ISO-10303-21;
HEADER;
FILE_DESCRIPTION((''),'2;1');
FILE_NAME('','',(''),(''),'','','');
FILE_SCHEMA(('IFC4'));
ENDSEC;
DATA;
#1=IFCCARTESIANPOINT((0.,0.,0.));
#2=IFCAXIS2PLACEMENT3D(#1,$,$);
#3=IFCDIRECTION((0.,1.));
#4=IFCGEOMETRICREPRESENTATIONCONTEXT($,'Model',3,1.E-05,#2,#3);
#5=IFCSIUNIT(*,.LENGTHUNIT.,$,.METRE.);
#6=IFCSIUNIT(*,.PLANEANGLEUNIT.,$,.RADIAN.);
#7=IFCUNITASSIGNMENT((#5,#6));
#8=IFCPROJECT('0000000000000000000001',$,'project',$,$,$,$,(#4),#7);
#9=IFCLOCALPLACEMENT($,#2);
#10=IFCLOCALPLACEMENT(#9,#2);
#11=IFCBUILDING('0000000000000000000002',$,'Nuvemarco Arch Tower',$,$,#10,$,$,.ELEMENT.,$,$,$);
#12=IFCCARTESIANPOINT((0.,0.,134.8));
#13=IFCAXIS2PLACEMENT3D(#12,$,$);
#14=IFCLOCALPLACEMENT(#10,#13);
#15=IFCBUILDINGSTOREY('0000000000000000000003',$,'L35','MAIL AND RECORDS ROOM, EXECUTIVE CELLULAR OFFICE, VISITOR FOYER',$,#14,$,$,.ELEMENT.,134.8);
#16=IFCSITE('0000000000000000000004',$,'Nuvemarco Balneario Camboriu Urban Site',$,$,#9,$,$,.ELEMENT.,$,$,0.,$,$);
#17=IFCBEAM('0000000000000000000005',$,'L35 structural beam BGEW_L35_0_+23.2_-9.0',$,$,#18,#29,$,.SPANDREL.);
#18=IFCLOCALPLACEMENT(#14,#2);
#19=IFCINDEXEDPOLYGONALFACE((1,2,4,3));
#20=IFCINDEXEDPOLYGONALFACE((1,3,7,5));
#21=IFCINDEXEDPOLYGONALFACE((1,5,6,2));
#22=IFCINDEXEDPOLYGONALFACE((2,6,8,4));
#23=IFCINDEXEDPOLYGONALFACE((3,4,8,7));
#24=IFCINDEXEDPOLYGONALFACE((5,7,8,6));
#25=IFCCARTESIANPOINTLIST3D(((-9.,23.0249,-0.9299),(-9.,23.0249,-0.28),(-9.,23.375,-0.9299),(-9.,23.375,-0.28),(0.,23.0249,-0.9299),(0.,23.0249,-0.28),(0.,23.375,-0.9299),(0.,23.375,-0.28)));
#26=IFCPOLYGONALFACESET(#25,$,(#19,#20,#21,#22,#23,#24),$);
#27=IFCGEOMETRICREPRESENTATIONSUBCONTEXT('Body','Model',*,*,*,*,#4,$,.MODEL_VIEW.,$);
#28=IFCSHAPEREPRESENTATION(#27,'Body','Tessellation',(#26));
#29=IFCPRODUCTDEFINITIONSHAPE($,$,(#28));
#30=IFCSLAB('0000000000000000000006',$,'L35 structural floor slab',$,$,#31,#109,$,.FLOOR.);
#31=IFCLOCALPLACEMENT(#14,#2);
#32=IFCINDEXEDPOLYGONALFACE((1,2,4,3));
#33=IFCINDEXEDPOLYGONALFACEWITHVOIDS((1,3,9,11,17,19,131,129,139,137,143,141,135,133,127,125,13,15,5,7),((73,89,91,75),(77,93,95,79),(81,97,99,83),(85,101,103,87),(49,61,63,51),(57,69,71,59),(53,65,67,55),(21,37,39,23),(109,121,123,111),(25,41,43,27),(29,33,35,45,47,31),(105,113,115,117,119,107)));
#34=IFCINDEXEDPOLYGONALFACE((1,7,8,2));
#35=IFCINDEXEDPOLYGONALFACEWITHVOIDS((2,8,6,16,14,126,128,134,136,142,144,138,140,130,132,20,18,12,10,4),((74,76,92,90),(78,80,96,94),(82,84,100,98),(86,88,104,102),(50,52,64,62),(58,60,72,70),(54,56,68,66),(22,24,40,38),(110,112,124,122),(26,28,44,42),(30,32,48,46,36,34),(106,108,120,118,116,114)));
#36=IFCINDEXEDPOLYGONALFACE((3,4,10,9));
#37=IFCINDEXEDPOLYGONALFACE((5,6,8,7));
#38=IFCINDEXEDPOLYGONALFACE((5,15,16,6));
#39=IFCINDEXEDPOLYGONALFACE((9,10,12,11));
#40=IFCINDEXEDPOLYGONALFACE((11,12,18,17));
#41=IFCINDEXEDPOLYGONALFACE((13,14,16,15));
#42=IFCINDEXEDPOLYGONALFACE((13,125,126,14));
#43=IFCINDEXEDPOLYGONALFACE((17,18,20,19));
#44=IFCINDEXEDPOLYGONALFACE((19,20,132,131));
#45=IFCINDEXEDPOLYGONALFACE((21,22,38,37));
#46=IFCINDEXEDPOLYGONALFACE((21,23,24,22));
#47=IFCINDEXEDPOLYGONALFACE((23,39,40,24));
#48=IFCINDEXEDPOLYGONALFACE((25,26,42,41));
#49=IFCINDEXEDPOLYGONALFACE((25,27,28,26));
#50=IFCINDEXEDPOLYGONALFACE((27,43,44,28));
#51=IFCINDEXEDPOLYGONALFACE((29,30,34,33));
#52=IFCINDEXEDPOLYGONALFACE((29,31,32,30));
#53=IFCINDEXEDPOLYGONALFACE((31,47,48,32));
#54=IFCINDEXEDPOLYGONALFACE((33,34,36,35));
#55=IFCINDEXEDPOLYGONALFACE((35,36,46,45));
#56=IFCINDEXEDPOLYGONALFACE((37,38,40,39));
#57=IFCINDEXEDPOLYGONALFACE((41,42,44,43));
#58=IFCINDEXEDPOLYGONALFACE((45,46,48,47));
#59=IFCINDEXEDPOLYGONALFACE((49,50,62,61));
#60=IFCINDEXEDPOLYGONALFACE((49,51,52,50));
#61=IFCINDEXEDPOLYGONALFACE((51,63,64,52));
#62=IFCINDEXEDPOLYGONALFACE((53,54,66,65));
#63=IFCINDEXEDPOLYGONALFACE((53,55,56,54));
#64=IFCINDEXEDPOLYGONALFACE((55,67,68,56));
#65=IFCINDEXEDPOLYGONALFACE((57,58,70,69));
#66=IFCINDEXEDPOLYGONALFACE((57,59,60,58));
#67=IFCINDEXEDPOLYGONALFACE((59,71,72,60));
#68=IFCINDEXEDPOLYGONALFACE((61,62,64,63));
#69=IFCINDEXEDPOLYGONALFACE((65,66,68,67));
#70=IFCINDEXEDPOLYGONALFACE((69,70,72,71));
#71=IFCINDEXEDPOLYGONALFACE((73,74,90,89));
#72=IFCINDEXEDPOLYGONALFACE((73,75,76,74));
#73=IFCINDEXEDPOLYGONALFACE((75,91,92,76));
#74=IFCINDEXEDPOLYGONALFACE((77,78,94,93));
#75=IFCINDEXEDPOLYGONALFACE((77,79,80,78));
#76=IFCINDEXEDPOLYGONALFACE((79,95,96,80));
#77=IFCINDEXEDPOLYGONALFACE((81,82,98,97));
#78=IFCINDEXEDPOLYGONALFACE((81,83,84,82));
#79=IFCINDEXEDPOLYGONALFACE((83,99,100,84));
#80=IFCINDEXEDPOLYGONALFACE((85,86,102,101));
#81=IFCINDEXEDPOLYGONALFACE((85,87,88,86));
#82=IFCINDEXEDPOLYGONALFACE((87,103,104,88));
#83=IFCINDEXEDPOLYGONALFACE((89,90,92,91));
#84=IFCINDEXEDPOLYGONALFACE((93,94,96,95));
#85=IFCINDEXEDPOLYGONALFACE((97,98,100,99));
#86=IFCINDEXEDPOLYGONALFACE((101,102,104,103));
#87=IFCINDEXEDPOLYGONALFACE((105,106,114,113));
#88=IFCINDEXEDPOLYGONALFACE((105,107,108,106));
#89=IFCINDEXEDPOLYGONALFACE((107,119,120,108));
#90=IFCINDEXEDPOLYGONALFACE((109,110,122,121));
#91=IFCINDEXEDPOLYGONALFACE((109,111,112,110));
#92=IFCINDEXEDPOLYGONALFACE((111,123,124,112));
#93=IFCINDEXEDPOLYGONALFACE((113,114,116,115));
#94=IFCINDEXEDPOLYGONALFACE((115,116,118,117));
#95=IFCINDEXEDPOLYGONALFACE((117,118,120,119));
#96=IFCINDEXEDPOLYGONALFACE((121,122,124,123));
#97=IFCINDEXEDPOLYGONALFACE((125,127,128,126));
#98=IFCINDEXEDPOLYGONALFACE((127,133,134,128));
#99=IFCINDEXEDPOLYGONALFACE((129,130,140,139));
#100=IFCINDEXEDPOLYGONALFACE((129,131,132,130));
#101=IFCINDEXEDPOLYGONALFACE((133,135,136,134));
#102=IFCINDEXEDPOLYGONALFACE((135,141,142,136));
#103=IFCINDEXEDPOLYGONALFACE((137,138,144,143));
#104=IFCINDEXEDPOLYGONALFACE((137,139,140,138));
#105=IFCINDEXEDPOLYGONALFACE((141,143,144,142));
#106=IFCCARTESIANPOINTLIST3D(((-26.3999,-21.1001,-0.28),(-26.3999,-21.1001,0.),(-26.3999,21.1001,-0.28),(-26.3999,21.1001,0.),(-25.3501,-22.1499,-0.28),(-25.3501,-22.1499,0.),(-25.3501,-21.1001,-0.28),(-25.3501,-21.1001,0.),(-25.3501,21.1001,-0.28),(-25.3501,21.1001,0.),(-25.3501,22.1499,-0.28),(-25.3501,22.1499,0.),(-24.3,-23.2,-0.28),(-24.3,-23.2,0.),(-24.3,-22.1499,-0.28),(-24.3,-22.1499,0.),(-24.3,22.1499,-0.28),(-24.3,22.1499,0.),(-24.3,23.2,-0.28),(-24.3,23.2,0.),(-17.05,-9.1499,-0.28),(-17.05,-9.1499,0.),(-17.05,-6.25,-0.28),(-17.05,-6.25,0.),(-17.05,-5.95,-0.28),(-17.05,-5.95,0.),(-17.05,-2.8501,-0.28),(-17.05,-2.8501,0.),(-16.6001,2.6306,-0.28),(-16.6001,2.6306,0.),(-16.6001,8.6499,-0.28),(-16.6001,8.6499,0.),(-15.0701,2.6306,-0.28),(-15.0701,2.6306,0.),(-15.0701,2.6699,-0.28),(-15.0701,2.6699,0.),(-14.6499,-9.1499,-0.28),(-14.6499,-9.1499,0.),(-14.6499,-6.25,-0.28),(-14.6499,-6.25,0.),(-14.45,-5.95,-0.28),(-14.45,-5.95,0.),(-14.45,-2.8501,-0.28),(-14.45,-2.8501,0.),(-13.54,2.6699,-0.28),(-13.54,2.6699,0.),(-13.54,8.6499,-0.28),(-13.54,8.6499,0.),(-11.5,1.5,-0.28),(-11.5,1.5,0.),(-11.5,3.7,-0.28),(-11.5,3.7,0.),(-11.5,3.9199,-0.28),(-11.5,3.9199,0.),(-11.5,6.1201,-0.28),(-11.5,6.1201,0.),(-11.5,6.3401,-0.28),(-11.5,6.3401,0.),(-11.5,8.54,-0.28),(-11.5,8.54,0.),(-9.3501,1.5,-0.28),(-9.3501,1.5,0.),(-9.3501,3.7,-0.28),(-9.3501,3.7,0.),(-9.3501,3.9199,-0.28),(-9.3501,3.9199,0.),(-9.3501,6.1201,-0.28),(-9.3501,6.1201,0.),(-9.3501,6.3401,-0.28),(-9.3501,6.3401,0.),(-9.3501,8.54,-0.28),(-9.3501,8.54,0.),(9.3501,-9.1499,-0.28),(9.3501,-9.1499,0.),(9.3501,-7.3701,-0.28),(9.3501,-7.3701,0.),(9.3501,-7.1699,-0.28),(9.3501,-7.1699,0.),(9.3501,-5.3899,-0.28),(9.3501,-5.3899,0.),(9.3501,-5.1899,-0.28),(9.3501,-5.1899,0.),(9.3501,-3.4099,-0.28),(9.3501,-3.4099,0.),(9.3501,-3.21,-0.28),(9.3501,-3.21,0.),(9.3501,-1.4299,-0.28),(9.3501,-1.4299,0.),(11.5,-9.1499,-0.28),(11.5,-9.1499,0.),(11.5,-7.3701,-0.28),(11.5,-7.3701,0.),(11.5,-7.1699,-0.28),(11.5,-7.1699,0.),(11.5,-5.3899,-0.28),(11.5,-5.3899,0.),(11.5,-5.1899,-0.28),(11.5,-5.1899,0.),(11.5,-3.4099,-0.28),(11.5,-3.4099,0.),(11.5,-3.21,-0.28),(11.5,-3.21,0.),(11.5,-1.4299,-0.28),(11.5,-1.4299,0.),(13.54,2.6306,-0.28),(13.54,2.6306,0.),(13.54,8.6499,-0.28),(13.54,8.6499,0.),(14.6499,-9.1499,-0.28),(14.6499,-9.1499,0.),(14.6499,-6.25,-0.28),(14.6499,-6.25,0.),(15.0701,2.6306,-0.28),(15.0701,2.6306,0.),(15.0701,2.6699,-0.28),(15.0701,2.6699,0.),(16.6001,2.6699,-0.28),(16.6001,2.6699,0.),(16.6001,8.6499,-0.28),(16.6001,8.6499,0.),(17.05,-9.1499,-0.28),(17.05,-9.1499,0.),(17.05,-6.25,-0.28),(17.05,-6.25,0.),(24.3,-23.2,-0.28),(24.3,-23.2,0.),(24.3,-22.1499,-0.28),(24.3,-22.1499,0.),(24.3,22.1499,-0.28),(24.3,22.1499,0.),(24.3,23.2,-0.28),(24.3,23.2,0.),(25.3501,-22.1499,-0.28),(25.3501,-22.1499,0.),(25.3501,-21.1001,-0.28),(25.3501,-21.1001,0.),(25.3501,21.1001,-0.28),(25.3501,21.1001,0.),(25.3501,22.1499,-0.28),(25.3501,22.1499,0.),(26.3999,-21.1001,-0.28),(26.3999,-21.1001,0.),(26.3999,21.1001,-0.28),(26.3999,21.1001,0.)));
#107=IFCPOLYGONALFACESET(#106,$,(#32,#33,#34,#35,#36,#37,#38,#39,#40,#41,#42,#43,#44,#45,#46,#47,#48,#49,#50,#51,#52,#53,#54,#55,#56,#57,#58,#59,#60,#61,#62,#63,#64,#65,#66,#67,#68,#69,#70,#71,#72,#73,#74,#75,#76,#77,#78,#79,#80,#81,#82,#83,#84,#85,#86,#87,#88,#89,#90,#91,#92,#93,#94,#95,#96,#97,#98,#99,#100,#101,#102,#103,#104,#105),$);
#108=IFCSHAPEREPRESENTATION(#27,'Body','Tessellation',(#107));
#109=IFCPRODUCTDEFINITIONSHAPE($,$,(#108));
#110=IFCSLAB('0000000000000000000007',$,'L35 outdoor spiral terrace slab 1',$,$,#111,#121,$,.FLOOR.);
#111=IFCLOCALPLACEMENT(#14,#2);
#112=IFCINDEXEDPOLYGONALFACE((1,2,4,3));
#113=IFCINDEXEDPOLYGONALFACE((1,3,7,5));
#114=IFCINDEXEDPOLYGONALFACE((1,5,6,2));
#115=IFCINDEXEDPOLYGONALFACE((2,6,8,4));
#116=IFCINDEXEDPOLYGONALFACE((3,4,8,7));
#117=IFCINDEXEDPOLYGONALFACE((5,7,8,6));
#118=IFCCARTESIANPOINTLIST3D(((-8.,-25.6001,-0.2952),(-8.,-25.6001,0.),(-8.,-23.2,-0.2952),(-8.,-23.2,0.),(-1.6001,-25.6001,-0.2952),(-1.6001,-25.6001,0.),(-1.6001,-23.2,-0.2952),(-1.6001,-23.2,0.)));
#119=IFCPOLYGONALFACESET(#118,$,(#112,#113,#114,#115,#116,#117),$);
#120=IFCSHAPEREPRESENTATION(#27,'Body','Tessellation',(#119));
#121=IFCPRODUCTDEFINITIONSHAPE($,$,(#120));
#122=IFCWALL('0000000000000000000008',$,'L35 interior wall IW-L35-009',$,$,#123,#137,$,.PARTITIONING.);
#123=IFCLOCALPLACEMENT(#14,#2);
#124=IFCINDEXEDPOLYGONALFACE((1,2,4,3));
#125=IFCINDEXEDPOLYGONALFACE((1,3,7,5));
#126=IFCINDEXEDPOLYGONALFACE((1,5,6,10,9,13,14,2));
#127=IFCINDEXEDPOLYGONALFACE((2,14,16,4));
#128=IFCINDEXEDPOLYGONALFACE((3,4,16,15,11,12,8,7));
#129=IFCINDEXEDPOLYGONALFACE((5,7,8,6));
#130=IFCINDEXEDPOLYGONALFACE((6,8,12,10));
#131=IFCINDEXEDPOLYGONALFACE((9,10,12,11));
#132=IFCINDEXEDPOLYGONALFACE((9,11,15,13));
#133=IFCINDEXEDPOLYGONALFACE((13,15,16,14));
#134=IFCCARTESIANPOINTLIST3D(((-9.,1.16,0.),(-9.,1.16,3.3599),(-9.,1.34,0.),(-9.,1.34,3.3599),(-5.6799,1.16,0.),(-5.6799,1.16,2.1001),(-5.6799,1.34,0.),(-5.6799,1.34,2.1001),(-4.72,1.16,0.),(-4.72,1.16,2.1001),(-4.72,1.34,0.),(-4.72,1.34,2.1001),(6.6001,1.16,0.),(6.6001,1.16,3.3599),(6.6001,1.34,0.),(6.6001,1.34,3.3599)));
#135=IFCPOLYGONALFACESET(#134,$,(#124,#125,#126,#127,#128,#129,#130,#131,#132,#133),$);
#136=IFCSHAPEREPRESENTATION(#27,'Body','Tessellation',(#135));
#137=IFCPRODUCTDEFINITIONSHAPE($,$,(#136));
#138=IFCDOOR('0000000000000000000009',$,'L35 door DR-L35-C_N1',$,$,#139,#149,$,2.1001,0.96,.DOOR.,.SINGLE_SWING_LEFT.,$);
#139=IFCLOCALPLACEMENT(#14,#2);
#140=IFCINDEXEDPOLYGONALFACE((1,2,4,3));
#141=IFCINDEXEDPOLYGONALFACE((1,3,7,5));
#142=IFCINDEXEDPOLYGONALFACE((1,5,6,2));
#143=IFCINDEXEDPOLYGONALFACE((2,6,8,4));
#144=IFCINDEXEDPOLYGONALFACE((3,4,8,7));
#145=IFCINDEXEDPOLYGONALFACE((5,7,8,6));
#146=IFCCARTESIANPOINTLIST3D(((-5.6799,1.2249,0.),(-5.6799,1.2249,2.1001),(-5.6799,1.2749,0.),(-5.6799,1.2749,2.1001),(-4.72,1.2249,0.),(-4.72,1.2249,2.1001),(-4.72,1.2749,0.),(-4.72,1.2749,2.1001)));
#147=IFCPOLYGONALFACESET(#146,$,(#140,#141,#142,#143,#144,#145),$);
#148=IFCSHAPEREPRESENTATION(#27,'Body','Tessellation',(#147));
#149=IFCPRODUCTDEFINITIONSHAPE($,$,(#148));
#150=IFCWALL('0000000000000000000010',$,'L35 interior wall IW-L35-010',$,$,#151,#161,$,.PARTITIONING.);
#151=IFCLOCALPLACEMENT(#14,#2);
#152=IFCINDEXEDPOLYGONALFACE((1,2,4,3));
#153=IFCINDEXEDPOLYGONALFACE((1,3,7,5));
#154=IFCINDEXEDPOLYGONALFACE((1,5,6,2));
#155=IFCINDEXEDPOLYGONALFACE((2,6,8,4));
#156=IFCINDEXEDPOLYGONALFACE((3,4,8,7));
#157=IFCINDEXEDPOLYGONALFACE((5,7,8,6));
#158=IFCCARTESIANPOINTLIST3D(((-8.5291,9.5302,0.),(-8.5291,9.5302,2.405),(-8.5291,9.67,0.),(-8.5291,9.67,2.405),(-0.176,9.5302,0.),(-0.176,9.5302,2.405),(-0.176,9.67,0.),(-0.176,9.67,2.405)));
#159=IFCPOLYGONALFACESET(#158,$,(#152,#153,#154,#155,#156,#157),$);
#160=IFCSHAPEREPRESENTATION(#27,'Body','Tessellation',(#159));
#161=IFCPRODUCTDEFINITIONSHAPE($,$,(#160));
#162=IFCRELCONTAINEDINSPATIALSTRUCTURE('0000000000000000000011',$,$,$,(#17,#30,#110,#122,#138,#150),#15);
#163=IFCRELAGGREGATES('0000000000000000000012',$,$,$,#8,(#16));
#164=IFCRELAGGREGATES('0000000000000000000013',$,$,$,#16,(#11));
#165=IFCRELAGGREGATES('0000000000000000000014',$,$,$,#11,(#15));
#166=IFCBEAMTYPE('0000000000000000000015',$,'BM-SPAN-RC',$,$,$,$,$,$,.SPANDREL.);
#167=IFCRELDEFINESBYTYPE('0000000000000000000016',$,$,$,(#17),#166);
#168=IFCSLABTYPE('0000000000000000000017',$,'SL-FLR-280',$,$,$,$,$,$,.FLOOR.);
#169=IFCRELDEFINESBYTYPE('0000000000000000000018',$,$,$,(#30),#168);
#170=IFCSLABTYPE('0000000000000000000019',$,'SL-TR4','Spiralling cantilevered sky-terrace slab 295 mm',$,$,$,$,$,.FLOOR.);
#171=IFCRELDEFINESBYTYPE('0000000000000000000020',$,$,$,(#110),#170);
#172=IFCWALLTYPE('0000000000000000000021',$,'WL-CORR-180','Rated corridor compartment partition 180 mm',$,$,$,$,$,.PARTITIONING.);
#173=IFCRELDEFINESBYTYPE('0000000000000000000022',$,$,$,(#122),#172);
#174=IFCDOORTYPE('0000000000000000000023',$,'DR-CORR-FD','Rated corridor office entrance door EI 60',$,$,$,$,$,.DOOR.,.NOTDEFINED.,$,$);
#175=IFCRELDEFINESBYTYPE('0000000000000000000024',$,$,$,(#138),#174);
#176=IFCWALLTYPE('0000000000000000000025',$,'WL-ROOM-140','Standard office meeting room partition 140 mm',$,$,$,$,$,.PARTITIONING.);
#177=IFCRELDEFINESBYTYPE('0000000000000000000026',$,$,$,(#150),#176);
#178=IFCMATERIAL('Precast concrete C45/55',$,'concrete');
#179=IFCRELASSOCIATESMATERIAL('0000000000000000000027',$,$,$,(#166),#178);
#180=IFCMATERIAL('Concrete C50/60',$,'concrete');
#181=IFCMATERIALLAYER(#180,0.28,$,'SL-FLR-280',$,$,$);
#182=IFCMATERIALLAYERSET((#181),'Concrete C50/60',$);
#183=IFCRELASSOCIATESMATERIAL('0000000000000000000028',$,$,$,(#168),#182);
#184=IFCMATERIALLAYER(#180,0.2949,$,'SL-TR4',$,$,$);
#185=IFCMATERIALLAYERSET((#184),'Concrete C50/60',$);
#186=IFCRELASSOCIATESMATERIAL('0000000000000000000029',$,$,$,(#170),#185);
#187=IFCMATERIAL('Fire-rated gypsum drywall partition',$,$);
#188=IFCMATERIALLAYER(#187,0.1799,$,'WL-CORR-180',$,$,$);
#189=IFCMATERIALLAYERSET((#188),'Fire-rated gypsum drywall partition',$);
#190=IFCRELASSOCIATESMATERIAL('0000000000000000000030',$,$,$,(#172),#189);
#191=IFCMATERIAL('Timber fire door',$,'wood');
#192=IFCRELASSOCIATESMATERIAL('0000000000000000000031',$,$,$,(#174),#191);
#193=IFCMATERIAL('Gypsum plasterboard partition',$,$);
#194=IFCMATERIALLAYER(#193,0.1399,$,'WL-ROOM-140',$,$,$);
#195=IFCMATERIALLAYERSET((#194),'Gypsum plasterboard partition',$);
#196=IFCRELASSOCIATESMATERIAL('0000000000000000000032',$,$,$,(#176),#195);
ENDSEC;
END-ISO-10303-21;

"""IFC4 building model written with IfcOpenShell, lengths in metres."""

from ifc_helpers import new_model, si_unit, direction, frame, frame_2d, origin, origin_2d, place, context, subcontext, project, spatial, polyline, rectangle, outline, extrude, source, transform, mapped, material, layer, layer_set, material_profile, profile_set, type_object, type_shapes, element, fill, save


model = new_model("IFC4")

# Units and contexts
model_context = context("Model", 3, precision=1e-05, world=origin(), true_north=direction((0.0, 1.0)))
body_context = subcontext(model_context, "Body", "Model", "MODEL_VIEW")
ifc_project = project(units=[si_unit("LENGTHUNIT", "METRE"), si_unit("PLANEANGLEUNIT", "RADIAN")], contexts=[model_context])

# Site, building, storey
site_placement = place(None, origin())
site = spatial("IfcSite", under=ifc_project, at=site_placement, Name="Nuvemarco Balneario Camboriu Urban Site", CompositionType="ELEMENT", RefElevation=0.0)
building_placement = place(site_placement, origin())
building = spatial("IfcBuilding", under=site, at=building_placement, Name="Nuvemarco Arch Tower", CompositionType="ELEMENT")
storey_placement = place(building_placement, frame((0.0, 0.0, 134.8)))
storey = spatial("IfcBuildingStorey", under=building, at=storey_placement, Name="L35", Description="MAIL AND RECORDS ROOM, EXECUTIVE CELLULAR OFFICE, VISITOR FOYER", CompositionType="ELEMENT", Elevation=134.8)

# Shared definitions
ifc_material_1 = material(Name="Concrete C50/60", Category="concrete")

# Beam
ifc_material_2 = material(Name="Precast concrete C45/55", Category="concrete")
ifc_material_profile_1 = material_profile(ifc_material_2, rectangle(XDim=0.3501, YDim=0.6499, at=origin_2d()), Name="PC-SP-350x650")
ifc_profile_set_1 = profile_set([ifc_material_profile_1], Name="Precast concrete C45/55")
beam_type_1 = type_object("IfcBeamType", Name="BM-SPAN-RC", PredefinedType="SPANDREL", material=ifc_profile_set_1)
beam_1_placement = place(storey_placement, frame((-9.0, 23.2, -0.605), z_axis=(1.0, 0.0, 0.0), x_axis=(0.0, 1.0, 0.0)))
element("IfcBeam", 1, at=beam_1_placement, inside=storey, type_object=beam_type_1, Name="L35 structural beam BGEW_L35_0_+23.2_-9.0", PredefinedType="SPANDREL", context=body_context, shape_type="SweptSolid", body=[
    extrude(rectangle(XDim=0.3501, YDim=0.6499, at=origin_2d()), origin(), (0.0, 0.0, 1.0), 9.0),
])

# Slabs
ifc_layer_1 = layer(ifc_material_1, 0.28, Name="SL-FLR-280")
ifc_layer_set_1 = layer_set([ifc_layer_1], Name="Concrete C50/60")
slab_type_1 = type_object("IfcSlabType", Name="SL-FLR-280", PredefinedType="FLOOR", material=ifc_layer_set_1)
slab_1_placement = place(storey_placement, frame((0.0, 0.0, -0.28)))
element("IfcSlab", 2, at=slab_1_placement, inside=storey, type_object=slab_type_1, Name="L35 structural floor slab", PredefinedType="FLOOR", context=body_context, shape_type="SweptSolid", body=[
    extrude(outline(polyline([(-24.3, -23.2), (24.3, -23.2), (24.3, -22.1499), (25.3501, -22.1499), (25.3501, -21.1001), (26.3999, -21.1001), (26.3999, 21.1001), (25.3501, 21.1001), (25.3501, 22.1499), (24.3, 22.1499), (24.3, 23.2), (-24.3, 23.2), (-24.3, 22.1499), (-25.3501, 22.1499), (-25.3501, 21.1001), (-26.3999, 21.1001), (-26.3999, -21.1001), (-25.3501, -21.1001), (-25.3501, -22.1499), (-24.3, -22.1499), (-24.3, -23.2)]), holes=[polyline([(-13.54, 2.6699), (-13.54, 8.6499), (-16.6001, 8.6499), (-16.6001, 2.6306), (-15.0701, 2.6306), (-15.0701, 2.6699), (-13.54, 2.6699)]), polyline([(16.6001, 2.6699), (16.6001, 8.6499), (13.54, 8.6499), (13.54, 2.6306), (15.0701, 2.6306), (15.0701, 2.6699), (16.6001, 2.6699)]), polyline([(-17.05, -9.1499), (-14.6499, -9.1499), (-14.6499, -6.25), (-17.05, -6.25), (-17.05, -9.1499)]), polyline([(-17.05, -5.95), (-14.45, -5.95), (-14.45, -2.8501), (-17.05, -2.8501), (-17.05, -5.95)]), polyline([(-11.5, 1.5), (-9.3501, 1.5), (-9.3501, 3.7), (-11.5, 3.7), (-11.5, 1.5)]), polyline([(-11.5, 3.9199), (-9.3501, 3.9199), (-9.3501, 6.1201), (-11.5, 6.1201), (-11.5, 3.9199)]), polyline([(-11.5, 6.3401), (-9.3501, 6.3401), (-9.3501, 8.54), (-11.5, 8.54), (-11.5, 6.3401)]), polyline([(14.6499, -9.1499), (17.05, -9.1499), (17.05, -6.25), (14.6499, -6.25), (14.6499, -9.1499)]), polyline([(9.3501, -9.1499), (11.5, -9.1499), (11.5, -7.3701), (9.3501, -7.3701), (9.3501, -9.1499)]), polyline([(9.3501, -7.1699), (11.5, -7.1699), (11.5, -5.3899), (9.3501, -5.3899), (9.3501, -7.1699)]), polyline([(9.3501, -5.1899), (11.5, -5.1899), (11.5, -3.4099), (9.3501, -3.4099), (9.3501, -5.1899)]), polyline([(9.3501, -3.21), (11.5, -3.21), (11.5, -1.4299), (9.3501, -1.4299), (9.3501, -3.21)])]), origin(), (0.0, 0.0, 1.0), 0.28),
])
ifc_layer_2 = layer(ifc_material_1, 0.2949, Name="SL-TR4")
ifc_layer_set_2 = layer_set([ifc_layer_2], Name="Concrete C50/60")
slab_type_2 = type_object("IfcSlabType", Name="SL-TR4", Description="Spiralling cantilevered sky-terrace slab 295 mm", PredefinedType="FLOOR", material=ifc_layer_set_2)
slab_2_placement = place(storey_placement, frame((0.0, 0.0, -0.2952)))
element("IfcSlab", 3, at=slab_2_placement, inside=storey, type_object=slab_type_2, Name="L35 outdoor spiral terrace slab 1", PredefinedType="FLOOR", context=body_context, shape_type="SweptSolid", body=[
    extrude(outline(polyline([(-8.0, -25.6001), (-1.6001, -25.6001), (-1.6001, -23.2), (-8.0, -23.2), (-8.0, -25.6001)])), origin(), (0.0, 0.0, 1.0), 0.2952),
])

# Wall, opening, door
ifc_material_3 = material(Name="Fire-rated gypsum drywall partition")
ifc_layer_3 = layer(ifc_material_3, 0.1799, Name="WL-CORR-180")
ifc_layer_set_3 = layer_set([ifc_layer_3], Name="Fire-rated gypsum drywall partition")
wall_type_1 = type_object("IfcWallType", Name="WL-CORR-180", Description="Rated corridor compartment partition 180 mm", PredefinedType="PARTITIONING", material=ifc_layer_set_3)
wall_1_placement = place(storey_placement, frame((-9.0, 1.25, 0.0), z_axis=(0.0, 0.0, 1.0), x_axis=(1.0, 0.0, 0.0)))
wall_1 = element("IfcWall", 4, at=wall_1_placement, inside=storey, type_object=wall_type_1, Name="L35 interior wall IW-L35-009", PredefinedType="PARTITIONING", context=body_context, shape_type="SweptSolid", body=[
    extrude(rectangle(XDim=15.6001, YDim=0.1799, at=frame_2d((7.8, 0.0))), origin(), (0.0, 0.0, 1.0), 3.3599),
])
opening_1_placement = place(wall_1_placement, frame((3.3201, 0.0, 0.0)))
opening_1 = element("IfcOpeningElement", 5, at=opening_1_placement, cuts=wall_1, PredefinedType="OPENING", context=body_context, shape_type="SweptSolid", body=[
    extrude(rectangle(XDim=0.96, YDim=2.1001, at=frame_2d((0.48, 1.05))), frame((0.0, 0.0999, 0.0), z_axis=(0.0, -1.0, 0.0), x_axis=(1.0, 0.0, 0.0)), (0.0, 0.0, 1.0), 0.2),
])
ifc_material_4 = material(Name="Timber fire door", Category="wood")
door_type_1 = type_object("IfcDoorType", Name="DR-CORR-FD", Description="Rated corridor office entrance door EI 60", OperationType="NOTDEFINED", PredefinedType="DOOR", material=ifc_material_4)
shared_shape_1 = source(origin(), body_context, "Body", "SweptSolid", [
    extrude(rectangle(XDim=0.96, YDim=2.1001, at=frame_2d((0.48, 1.05))), frame((0.0, 0.0249, 0.0), z_axis=(0.0, -1.0, 0.0), x_axis=(1.0, 0.0, 0.0)), (0.0, 0.0, 1.0), 0.05),
])
type_shapes(door_type_1, [shared_shape_1])
door_1_placement = place(opening_1_placement, origin())
door_1 = element("IfcDoor", 6, at=door_1_placement, inside=storey, type_object=door_type_1, Name="L35 door DR-L35-C_N1", OperationType="SINGLE_SWING_LEFT", OverallHeight=2.1001, OverallWidth=0.96, PredefinedType="DOOR", context=body_context, shape_type="MappedRepresentation", body=[
    mapped(shared_shape_1, transform((0.0, 0.0, 0.0), scale=1.0)),
])
fill(opening_1, door_1)

# Wall
ifc_material_5 = material(Name="Gypsum plasterboard partition")
ifc_layer_4 = layer(ifc_material_5, 0.1399, Name="WL-ROOM-140")
ifc_layer_set_4 = layer_set([ifc_layer_4], Name="Gypsum plasterboard partition")
wall_type_2 = type_object("IfcWallType", Name="WL-ROOM-140", Description="Standard office meeting room partition 140 mm", PredefinedType="PARTITIONING", material=ifc_layer_set_4)
wall_2_placement = place(storey_placement, frame((-8.5291, 9.6001, 0.0), z_axis=(0.0, 0.0, 1.0), x_axis=(1.0, 0.0, 0.0)))
element("IfcWall", 7, at=wall_2_placement, inside=storey, type_object=wall_type_2, Name="L35 interior wall IW-L35-010", PredefinedType="PARTITIONING", context=body_context, shape_type="SweptSolid", body=[
    extrude(rectangle(XDim=8.353, YDim=0.1399, at=frame_2d((4.1765, 0.0))), origin(), (0.0, 0.0, 1.0), 2.405),
])

save(model, "model.ifc")
